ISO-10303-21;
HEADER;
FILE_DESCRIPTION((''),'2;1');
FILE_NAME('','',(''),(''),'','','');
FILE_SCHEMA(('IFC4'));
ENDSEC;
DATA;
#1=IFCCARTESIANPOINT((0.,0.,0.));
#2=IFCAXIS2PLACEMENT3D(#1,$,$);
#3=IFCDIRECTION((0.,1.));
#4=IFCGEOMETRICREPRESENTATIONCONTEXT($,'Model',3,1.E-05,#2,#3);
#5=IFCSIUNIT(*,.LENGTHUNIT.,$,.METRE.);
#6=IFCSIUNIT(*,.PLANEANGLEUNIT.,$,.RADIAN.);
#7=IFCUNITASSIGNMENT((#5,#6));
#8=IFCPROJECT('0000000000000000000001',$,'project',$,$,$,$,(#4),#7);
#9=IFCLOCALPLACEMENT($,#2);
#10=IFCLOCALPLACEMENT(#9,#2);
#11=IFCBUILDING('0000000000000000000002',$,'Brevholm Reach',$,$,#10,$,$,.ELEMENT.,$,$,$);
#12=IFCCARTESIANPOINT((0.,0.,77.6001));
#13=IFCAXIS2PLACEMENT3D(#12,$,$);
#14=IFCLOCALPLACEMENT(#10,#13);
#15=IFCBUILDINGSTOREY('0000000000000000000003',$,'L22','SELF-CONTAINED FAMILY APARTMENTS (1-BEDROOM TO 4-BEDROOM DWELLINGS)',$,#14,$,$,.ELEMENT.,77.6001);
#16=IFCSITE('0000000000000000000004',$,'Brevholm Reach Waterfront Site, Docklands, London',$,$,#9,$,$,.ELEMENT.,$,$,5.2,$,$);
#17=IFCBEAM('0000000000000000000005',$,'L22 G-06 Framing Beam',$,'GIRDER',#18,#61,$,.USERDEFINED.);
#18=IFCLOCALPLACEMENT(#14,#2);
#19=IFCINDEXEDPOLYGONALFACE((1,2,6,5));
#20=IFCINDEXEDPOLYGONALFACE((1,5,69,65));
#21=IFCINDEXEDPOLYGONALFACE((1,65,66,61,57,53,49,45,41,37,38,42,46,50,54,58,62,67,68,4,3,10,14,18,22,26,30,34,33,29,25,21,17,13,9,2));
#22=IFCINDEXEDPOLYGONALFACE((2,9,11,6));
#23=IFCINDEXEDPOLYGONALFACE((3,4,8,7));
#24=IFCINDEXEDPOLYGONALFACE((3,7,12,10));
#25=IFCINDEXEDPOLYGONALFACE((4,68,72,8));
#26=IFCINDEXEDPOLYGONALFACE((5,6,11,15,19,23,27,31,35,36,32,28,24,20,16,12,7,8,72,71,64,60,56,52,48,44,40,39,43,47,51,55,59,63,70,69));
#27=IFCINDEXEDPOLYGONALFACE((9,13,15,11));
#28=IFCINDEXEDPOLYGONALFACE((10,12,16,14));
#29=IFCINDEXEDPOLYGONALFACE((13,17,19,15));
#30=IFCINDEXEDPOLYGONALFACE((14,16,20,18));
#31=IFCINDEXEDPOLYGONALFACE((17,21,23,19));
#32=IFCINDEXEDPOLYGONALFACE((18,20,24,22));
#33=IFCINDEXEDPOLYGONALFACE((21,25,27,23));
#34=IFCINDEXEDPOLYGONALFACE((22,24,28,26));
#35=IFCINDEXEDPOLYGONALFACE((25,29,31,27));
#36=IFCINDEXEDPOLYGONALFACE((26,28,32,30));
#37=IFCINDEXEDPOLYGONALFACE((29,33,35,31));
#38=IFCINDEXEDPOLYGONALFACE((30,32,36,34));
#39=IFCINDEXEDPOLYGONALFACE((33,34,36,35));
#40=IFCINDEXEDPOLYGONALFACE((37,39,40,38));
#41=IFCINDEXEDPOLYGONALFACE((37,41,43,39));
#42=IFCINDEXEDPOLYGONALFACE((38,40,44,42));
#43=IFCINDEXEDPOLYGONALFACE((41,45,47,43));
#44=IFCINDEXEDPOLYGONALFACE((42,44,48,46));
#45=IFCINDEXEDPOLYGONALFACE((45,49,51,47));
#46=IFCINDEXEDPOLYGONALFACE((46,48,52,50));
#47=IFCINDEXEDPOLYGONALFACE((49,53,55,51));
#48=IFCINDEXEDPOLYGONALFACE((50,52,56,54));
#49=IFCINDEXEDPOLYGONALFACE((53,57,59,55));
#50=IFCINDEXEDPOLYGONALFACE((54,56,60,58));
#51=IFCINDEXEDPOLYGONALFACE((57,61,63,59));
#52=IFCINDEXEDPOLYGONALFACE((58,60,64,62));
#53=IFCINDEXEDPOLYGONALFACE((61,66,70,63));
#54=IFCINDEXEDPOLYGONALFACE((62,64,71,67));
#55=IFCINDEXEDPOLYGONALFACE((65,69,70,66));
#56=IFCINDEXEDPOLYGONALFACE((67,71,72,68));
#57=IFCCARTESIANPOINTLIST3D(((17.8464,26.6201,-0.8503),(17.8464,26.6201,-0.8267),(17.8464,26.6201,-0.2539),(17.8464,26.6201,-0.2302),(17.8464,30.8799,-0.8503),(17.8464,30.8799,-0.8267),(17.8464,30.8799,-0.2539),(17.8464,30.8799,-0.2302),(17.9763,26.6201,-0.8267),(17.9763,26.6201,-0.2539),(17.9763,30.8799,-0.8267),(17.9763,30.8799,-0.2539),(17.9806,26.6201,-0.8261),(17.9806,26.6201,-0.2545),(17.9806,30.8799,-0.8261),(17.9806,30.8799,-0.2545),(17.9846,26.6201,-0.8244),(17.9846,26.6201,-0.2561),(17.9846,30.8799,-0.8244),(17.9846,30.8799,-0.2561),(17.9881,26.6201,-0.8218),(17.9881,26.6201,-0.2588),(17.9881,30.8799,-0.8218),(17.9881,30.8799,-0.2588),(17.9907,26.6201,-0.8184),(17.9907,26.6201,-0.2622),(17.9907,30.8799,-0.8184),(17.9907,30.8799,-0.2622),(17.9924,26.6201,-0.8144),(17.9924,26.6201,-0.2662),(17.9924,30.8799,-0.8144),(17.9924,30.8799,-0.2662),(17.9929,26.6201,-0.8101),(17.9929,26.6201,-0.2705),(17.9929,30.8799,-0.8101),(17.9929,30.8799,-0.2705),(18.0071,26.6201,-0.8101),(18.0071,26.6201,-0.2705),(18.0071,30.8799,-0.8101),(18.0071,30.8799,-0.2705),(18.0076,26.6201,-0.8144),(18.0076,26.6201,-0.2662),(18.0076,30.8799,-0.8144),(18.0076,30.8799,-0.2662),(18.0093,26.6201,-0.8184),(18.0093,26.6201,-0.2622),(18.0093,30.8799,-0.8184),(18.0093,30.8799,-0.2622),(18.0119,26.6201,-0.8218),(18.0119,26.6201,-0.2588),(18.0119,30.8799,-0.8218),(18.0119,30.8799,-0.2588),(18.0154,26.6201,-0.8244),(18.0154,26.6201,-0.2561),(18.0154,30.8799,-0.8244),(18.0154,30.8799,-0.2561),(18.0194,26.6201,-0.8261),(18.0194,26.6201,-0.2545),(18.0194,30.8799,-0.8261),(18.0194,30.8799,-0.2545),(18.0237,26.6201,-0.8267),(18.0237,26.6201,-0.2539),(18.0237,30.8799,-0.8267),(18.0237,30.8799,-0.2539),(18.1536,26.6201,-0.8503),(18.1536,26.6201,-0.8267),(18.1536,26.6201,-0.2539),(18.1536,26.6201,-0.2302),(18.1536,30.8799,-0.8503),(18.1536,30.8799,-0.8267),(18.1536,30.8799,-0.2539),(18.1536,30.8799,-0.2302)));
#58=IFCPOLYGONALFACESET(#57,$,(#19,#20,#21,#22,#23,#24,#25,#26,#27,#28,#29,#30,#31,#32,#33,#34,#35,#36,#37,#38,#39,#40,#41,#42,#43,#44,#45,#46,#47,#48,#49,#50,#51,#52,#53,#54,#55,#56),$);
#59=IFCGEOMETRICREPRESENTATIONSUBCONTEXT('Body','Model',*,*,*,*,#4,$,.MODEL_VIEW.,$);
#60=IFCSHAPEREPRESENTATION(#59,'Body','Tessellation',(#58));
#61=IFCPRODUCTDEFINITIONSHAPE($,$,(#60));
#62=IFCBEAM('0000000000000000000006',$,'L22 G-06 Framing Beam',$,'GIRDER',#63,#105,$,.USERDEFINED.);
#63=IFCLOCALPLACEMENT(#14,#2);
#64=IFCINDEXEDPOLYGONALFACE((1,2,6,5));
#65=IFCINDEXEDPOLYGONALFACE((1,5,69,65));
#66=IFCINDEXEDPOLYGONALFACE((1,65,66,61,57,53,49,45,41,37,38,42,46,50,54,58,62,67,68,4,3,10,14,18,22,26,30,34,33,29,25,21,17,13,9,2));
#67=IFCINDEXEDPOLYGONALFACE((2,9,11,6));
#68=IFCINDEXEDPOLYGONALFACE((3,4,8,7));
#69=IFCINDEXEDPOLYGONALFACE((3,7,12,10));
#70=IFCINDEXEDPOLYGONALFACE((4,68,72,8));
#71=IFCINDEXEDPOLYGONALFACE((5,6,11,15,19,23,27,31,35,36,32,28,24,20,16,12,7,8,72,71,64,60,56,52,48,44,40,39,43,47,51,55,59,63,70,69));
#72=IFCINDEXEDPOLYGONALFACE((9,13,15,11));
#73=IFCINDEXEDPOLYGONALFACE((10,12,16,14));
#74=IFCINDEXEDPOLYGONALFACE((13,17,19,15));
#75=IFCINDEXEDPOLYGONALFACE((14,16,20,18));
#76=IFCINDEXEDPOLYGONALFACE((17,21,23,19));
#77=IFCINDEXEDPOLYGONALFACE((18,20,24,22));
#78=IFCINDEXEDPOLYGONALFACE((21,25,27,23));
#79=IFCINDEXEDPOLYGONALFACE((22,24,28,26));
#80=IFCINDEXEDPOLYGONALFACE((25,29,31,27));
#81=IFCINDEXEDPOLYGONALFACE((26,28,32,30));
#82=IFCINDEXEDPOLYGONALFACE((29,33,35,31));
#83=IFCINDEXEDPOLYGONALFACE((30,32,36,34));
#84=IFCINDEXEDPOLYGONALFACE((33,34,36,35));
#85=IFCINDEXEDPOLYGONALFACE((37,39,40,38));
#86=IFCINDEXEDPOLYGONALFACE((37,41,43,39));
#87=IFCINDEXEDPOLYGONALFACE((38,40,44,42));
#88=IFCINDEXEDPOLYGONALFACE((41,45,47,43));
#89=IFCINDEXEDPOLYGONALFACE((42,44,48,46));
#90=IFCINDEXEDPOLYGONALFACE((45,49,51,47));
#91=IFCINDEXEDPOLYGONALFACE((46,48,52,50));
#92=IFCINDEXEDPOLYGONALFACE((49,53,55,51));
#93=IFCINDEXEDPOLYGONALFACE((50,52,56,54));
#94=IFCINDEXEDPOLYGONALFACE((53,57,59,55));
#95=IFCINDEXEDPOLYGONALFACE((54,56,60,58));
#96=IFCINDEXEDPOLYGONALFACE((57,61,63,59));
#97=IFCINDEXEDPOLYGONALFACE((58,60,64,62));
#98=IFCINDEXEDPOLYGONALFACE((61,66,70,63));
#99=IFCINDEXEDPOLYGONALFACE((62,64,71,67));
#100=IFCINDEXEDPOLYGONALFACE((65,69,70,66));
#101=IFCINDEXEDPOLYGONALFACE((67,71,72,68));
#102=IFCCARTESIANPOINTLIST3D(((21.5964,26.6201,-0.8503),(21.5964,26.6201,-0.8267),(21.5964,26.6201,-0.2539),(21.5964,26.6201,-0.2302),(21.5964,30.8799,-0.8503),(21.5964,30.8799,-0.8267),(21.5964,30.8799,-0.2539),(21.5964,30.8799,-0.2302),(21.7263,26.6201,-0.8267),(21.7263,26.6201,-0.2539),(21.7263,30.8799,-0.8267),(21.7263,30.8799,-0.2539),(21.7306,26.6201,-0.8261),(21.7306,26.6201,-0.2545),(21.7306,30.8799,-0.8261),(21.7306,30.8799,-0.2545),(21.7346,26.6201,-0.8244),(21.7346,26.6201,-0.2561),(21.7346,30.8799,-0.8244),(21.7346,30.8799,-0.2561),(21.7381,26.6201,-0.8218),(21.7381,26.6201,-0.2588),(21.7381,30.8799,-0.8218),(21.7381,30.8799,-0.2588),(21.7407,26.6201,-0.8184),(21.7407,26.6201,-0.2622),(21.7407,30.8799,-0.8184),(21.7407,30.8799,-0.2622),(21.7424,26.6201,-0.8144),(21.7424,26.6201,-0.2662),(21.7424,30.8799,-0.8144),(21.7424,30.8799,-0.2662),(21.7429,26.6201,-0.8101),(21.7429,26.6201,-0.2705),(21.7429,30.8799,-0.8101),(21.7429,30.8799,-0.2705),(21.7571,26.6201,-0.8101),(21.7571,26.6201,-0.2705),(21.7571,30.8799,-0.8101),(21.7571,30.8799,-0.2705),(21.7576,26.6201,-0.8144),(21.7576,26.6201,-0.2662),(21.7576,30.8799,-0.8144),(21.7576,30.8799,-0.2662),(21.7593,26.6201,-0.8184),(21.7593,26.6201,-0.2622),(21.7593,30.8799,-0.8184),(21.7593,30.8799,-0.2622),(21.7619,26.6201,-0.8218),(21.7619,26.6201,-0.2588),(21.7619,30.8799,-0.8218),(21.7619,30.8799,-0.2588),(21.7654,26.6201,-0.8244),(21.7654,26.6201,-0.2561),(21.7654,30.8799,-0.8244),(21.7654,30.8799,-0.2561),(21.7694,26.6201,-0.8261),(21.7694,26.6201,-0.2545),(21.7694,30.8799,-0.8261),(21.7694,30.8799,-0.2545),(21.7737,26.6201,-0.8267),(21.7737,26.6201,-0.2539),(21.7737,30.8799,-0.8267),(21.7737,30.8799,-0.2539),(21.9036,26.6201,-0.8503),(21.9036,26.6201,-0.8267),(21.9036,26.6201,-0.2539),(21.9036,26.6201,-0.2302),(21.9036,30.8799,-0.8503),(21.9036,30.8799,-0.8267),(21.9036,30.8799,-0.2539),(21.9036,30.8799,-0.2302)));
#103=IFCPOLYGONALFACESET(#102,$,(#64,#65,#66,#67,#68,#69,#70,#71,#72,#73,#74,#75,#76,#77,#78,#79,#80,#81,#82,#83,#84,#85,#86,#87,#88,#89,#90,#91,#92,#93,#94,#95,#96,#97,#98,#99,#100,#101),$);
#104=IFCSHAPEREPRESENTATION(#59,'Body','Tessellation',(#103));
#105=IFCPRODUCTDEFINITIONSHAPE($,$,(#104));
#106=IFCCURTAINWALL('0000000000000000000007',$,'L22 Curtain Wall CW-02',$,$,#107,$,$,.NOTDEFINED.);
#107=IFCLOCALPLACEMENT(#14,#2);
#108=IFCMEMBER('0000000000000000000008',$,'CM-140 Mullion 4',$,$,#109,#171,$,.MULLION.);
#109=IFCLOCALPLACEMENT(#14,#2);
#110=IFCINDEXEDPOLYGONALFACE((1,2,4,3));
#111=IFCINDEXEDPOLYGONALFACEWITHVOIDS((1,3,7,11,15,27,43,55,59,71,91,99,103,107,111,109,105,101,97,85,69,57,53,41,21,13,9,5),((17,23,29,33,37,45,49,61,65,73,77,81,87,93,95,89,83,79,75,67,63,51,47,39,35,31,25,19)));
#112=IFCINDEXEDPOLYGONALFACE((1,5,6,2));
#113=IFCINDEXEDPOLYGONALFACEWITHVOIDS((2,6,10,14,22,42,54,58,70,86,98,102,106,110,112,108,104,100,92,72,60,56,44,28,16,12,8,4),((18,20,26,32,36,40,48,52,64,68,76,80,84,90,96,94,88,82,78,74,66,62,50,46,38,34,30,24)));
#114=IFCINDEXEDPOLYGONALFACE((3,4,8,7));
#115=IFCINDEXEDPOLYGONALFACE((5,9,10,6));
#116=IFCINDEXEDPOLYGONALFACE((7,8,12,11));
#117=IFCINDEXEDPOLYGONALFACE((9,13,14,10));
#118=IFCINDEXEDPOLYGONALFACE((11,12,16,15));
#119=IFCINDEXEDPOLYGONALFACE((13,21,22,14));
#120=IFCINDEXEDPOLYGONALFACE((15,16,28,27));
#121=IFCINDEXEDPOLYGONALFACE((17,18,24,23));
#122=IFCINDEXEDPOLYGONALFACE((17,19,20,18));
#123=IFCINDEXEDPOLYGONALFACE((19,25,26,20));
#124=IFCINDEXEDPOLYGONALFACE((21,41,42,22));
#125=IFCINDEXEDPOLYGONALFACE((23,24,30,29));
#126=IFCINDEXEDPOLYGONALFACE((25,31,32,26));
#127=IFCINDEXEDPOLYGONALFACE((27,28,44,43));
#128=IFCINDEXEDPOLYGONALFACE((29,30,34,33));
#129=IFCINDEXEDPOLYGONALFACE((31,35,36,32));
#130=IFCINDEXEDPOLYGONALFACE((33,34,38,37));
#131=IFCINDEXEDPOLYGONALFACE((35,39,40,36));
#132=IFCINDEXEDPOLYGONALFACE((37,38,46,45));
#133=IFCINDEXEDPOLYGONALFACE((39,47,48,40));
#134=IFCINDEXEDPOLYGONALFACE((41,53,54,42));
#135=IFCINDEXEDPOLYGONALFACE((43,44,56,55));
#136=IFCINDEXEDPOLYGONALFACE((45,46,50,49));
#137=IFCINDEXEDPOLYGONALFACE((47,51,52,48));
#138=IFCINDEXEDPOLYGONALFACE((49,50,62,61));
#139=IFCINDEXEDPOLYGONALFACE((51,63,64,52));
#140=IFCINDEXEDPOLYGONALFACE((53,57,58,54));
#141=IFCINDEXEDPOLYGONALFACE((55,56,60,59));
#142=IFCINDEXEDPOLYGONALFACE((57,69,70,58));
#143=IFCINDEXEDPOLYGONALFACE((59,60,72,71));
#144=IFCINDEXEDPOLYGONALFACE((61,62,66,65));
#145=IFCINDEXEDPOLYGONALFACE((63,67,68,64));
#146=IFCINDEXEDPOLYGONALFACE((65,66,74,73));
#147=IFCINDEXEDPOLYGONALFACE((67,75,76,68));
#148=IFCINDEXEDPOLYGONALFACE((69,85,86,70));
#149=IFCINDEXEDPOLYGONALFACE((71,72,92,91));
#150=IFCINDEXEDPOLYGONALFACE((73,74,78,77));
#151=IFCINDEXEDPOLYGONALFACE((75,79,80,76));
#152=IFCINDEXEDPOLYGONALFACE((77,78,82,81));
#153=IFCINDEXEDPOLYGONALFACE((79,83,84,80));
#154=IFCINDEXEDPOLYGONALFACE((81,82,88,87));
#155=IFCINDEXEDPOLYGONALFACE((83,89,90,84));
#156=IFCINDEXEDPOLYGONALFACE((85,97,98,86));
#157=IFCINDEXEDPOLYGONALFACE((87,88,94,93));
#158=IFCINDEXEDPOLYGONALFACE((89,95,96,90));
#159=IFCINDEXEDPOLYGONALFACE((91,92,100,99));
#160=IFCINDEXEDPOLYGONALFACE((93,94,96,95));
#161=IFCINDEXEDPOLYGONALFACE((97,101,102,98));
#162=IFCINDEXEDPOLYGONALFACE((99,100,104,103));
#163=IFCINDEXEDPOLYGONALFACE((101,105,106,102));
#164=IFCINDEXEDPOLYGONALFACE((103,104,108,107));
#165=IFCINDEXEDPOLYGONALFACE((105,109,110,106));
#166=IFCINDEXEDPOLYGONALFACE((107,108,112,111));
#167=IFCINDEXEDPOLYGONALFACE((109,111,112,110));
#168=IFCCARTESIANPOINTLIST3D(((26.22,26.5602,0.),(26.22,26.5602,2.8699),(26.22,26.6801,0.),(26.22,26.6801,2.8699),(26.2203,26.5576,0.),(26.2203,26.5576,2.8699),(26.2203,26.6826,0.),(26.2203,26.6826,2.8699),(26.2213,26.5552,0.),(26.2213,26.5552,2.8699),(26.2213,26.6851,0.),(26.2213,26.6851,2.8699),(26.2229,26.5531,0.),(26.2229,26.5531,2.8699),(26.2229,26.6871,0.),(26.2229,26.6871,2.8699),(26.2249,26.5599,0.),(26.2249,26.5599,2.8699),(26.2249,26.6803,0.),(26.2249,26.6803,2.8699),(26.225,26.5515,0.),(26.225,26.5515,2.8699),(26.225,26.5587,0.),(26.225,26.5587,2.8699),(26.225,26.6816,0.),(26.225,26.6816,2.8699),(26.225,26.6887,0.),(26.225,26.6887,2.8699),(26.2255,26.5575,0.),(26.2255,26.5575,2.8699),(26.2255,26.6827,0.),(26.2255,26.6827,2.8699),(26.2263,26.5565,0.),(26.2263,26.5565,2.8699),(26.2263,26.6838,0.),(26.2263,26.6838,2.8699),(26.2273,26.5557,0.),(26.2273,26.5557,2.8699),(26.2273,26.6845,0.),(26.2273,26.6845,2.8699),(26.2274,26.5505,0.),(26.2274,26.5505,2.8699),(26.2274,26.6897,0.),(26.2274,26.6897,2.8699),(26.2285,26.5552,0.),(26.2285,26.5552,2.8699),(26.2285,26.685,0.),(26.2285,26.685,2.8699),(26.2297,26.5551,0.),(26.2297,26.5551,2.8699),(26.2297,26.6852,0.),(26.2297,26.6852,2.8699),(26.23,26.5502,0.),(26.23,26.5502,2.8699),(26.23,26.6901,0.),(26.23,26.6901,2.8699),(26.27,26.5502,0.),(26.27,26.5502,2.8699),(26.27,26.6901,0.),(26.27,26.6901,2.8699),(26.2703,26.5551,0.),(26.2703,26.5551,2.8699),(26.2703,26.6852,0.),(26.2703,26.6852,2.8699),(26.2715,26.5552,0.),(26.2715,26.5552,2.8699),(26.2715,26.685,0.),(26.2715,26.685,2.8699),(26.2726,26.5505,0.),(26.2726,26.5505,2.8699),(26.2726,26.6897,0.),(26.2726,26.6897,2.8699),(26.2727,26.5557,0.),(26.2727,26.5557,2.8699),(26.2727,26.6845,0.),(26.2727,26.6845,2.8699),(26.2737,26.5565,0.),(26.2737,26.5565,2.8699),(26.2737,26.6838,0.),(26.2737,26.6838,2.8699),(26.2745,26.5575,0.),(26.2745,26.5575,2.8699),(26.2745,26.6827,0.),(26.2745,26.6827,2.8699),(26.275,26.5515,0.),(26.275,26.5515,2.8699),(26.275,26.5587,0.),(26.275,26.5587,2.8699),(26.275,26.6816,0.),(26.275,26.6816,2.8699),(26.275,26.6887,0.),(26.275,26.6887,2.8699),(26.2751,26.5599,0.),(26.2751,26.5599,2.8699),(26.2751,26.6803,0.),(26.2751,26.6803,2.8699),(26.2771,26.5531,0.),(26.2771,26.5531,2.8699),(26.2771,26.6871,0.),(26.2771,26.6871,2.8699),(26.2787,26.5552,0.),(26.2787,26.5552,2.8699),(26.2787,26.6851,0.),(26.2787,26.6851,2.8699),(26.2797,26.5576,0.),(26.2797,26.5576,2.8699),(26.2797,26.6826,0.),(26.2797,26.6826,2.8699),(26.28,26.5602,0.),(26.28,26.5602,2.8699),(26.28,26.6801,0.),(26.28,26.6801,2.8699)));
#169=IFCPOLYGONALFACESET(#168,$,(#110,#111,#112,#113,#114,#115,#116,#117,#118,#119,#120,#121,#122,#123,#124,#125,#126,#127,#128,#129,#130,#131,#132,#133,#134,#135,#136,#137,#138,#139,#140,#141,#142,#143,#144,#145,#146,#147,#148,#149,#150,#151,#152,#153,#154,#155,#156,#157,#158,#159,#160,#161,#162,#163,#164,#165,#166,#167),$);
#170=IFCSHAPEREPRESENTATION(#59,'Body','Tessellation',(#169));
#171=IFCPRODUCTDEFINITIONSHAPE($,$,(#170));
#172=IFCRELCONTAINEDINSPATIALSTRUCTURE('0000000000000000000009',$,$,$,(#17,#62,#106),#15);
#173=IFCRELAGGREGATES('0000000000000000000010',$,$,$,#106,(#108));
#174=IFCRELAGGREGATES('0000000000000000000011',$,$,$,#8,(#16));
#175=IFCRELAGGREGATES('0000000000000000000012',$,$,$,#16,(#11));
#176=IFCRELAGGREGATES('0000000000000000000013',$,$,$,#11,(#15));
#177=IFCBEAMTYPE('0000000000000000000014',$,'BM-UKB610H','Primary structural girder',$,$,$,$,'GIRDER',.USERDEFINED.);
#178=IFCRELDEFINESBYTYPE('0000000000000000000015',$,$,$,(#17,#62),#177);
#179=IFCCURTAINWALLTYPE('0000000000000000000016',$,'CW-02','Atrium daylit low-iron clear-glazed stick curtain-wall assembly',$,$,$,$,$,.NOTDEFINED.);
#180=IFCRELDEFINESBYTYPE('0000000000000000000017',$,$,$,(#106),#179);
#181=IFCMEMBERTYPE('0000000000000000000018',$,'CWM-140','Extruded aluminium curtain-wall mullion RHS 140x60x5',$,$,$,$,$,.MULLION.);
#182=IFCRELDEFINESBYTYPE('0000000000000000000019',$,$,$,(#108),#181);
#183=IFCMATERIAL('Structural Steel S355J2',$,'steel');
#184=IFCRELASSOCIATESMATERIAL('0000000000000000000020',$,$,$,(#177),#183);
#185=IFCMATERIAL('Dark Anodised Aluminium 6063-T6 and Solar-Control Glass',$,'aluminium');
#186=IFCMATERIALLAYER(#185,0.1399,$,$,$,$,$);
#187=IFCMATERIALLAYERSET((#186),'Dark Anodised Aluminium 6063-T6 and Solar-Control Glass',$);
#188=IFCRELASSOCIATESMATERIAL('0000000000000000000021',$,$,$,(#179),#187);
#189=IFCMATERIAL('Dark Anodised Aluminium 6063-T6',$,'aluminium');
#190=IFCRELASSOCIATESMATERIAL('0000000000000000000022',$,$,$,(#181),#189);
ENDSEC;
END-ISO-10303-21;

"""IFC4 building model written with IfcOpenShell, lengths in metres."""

from ifc_helpers import new_model, si_unit, direction, frame, origin, origin_2d, place, context, subcontext, project, spatial, hollow_rectangle, i_section, extrude, material, layer, layer_set, material_profile, profile_set, type_object, element, aggregate, save


model = new_model("IFC4")

# Units and contexts
model_context = context("Model", 3, precision=1e-05, world=origin(), true_north=direction((0.0, 1.0)))
body_context = subcontext(model_context, "Body", "Model", "MODEL_VIEW")
ifc_project = project(units=[si_unit("LENGTHUNIT", "METRE"), si_unit("PLANEANGLEUNIT", "RADIAN")], contexts=[model_context])

# Site, building, storey
site_placement = place(None, origin())
site = spatial("IfcSite", under=ifc_project, at=site_placement, Name="Brevholm Reach Waterfront Site, Docklands, London", CompositionType="ELEMENT", RefElevation=5.2)
building_placement = place(site_placement, origin())
building = spatial("IfcBuilding", under=site, at=building_placement, Name="Brevholm Reach", CompositionType="ELEMENT")
storey_placement = place(building_placement, frame((0.0, 0.0, 77.6001)))
storey = spatial("IfcBuildingStorey", under=building, at=storey_placement, Name="L22", Description="SELF-CONTAINED FAMILY APARTMENTS (1-BEDROOM TO 4-BEDROOM DWELLINGS)", CompositionType="ELEMENT", Elevation=77.6001)

# Beams
ifc_material_1 = material(Name="Structural Steel S355J2", Category="steel")
ifc_material_profile_1 = material_profile(ifc_material_1, i_section(OverallWidth=0.3071, OverallDepth=0.6201, WebThickness=0.0142, FlangeThickness=0.0237, FilletRadius=0.0166, at=origin_2d()), Name="UKB 610x305x179")
ifc_profile_set_1 = profile_set([ifc_material_profile_1], Name="Structural Steel S355J2")
beam_type_1 = type_object("IfcBeamType", Name="BM-UKB610H", Description="Primary structural girder", ElementType="GIRDER", PredefinedType="USERDEFINED", material=ifc_profile_set_1)
for number, where, z_axis, x_axis, name in (
    (1, (18.0, 26.6201, -0.5403), (0.0, 1.0, 0.0), (-1.0, 0.0, 0.0), "L22 G-06 Framing Beam"),
    (2, (21.75, 26.6201, -0.5403), (0.0, 1.0, 0.0), (-1.0, 0.0, 0.0), "L22 G-06 Framing Beam"),
):
    element("IfcBeam", number, at=place(storey_placement, frame(where, z_axis=z_axis, x_axis=x_axis)), inside=storey, type_object=beam_type_1, Name=name, ObjectType="GIRDER", PredefinedType="USERDEFINED", context=body_context, shape_type="SweptSolid", body=[
        extrude(i_section(OverallWidth=0.3071, OverallDepth=0.6201, WebThickness=0.0142, FlangeThickness=0.0237, FilletRadius=0.0166, at=origin_2d()), origin(), (0.0, 0.0, 1.0), 4.2598),
    ])

# Curtain wall, member
ifc_material_2 = material(Name="Dark Anodised Aluminium 6063-T6 and Solar-Control Glass", Category="aluminium")
ifc_layer_1 = layer(ifc_material_2, 0.1399)
ifc_layer_set_1 = layer_set([ifc_layer_1], Name="Dark Anodised Aluminium 6063-T6 and Solar-Control Glass")
curtain_wall_type_1 = type_object("IfcCurtainWallType", Name="CW-02", Description="Atrium daylit low-iron clear-glazed stick curtain-wall assembly", PredefinedType="NOTDEFINED", material=ifc_layer_set_1)
curtain_wall_1_placement = place(storey_placement, origin())
curtain_wall_1 = element("IfcCurtainWall", 3, at=curtain_wall_1_placement, inside=storey, type_object=curtain_wall_type_1, Name="L22 Curtain Wall CW-02", PredefinedType="NOTDEFINED")
ifc_material_3 = material(Name="Dark Anodised Aluminium 6063-T6", Category="aluminium")
ifc_material_profile_2 = material_profile(ifc_material_3, hollow_rectangle(XDim=0.0601, YDim=0.1399, WallThickness=0.0049, InnerFilletRadius=0.0049, OuterFilletRadius=0.01, at=origin_2d()), Name="RHS 140x60x5")
ifc_profile_set_2 = profile_set([ifc_material_profile_2], Name="Dark Anodised Aluminium 6063-T6")
member_type_1 = type_object("IfcMemberType", Name="CWM-140", Description="Extruded aluminium curtain-wall mullion RHS 140x60x5", PredefinedType="MULLION", material=ifc_profile_set_2)
member_1_placement = place(storey_placement, frame((26.25, 26.6201, 0.0), z_axis=(0.0, 0.0, 1.0), x_axis=(-1.0, 0.0, 0.0)))
member_1 = element("IfcMember", 4, at=member_1_placement, type_object=member_type_1, Name="CM-140 Mullion 4", PredefinedType="MULLION", context=body_context, shape_type="SweptSolid", body=[
    extrude(hollow_rectangle(XDim=0.0601, YDim=0.1399, WallThickness=0.0049, InnerFilletRadius=0.0049, OuterFilletRadius=0.01, at=origin_2d()), origin(), (0.0, 0.0, 1.0), 2.8699),
])

aggregate(curtain_wall_1, [member_1])

save(model, "model.ifc")
